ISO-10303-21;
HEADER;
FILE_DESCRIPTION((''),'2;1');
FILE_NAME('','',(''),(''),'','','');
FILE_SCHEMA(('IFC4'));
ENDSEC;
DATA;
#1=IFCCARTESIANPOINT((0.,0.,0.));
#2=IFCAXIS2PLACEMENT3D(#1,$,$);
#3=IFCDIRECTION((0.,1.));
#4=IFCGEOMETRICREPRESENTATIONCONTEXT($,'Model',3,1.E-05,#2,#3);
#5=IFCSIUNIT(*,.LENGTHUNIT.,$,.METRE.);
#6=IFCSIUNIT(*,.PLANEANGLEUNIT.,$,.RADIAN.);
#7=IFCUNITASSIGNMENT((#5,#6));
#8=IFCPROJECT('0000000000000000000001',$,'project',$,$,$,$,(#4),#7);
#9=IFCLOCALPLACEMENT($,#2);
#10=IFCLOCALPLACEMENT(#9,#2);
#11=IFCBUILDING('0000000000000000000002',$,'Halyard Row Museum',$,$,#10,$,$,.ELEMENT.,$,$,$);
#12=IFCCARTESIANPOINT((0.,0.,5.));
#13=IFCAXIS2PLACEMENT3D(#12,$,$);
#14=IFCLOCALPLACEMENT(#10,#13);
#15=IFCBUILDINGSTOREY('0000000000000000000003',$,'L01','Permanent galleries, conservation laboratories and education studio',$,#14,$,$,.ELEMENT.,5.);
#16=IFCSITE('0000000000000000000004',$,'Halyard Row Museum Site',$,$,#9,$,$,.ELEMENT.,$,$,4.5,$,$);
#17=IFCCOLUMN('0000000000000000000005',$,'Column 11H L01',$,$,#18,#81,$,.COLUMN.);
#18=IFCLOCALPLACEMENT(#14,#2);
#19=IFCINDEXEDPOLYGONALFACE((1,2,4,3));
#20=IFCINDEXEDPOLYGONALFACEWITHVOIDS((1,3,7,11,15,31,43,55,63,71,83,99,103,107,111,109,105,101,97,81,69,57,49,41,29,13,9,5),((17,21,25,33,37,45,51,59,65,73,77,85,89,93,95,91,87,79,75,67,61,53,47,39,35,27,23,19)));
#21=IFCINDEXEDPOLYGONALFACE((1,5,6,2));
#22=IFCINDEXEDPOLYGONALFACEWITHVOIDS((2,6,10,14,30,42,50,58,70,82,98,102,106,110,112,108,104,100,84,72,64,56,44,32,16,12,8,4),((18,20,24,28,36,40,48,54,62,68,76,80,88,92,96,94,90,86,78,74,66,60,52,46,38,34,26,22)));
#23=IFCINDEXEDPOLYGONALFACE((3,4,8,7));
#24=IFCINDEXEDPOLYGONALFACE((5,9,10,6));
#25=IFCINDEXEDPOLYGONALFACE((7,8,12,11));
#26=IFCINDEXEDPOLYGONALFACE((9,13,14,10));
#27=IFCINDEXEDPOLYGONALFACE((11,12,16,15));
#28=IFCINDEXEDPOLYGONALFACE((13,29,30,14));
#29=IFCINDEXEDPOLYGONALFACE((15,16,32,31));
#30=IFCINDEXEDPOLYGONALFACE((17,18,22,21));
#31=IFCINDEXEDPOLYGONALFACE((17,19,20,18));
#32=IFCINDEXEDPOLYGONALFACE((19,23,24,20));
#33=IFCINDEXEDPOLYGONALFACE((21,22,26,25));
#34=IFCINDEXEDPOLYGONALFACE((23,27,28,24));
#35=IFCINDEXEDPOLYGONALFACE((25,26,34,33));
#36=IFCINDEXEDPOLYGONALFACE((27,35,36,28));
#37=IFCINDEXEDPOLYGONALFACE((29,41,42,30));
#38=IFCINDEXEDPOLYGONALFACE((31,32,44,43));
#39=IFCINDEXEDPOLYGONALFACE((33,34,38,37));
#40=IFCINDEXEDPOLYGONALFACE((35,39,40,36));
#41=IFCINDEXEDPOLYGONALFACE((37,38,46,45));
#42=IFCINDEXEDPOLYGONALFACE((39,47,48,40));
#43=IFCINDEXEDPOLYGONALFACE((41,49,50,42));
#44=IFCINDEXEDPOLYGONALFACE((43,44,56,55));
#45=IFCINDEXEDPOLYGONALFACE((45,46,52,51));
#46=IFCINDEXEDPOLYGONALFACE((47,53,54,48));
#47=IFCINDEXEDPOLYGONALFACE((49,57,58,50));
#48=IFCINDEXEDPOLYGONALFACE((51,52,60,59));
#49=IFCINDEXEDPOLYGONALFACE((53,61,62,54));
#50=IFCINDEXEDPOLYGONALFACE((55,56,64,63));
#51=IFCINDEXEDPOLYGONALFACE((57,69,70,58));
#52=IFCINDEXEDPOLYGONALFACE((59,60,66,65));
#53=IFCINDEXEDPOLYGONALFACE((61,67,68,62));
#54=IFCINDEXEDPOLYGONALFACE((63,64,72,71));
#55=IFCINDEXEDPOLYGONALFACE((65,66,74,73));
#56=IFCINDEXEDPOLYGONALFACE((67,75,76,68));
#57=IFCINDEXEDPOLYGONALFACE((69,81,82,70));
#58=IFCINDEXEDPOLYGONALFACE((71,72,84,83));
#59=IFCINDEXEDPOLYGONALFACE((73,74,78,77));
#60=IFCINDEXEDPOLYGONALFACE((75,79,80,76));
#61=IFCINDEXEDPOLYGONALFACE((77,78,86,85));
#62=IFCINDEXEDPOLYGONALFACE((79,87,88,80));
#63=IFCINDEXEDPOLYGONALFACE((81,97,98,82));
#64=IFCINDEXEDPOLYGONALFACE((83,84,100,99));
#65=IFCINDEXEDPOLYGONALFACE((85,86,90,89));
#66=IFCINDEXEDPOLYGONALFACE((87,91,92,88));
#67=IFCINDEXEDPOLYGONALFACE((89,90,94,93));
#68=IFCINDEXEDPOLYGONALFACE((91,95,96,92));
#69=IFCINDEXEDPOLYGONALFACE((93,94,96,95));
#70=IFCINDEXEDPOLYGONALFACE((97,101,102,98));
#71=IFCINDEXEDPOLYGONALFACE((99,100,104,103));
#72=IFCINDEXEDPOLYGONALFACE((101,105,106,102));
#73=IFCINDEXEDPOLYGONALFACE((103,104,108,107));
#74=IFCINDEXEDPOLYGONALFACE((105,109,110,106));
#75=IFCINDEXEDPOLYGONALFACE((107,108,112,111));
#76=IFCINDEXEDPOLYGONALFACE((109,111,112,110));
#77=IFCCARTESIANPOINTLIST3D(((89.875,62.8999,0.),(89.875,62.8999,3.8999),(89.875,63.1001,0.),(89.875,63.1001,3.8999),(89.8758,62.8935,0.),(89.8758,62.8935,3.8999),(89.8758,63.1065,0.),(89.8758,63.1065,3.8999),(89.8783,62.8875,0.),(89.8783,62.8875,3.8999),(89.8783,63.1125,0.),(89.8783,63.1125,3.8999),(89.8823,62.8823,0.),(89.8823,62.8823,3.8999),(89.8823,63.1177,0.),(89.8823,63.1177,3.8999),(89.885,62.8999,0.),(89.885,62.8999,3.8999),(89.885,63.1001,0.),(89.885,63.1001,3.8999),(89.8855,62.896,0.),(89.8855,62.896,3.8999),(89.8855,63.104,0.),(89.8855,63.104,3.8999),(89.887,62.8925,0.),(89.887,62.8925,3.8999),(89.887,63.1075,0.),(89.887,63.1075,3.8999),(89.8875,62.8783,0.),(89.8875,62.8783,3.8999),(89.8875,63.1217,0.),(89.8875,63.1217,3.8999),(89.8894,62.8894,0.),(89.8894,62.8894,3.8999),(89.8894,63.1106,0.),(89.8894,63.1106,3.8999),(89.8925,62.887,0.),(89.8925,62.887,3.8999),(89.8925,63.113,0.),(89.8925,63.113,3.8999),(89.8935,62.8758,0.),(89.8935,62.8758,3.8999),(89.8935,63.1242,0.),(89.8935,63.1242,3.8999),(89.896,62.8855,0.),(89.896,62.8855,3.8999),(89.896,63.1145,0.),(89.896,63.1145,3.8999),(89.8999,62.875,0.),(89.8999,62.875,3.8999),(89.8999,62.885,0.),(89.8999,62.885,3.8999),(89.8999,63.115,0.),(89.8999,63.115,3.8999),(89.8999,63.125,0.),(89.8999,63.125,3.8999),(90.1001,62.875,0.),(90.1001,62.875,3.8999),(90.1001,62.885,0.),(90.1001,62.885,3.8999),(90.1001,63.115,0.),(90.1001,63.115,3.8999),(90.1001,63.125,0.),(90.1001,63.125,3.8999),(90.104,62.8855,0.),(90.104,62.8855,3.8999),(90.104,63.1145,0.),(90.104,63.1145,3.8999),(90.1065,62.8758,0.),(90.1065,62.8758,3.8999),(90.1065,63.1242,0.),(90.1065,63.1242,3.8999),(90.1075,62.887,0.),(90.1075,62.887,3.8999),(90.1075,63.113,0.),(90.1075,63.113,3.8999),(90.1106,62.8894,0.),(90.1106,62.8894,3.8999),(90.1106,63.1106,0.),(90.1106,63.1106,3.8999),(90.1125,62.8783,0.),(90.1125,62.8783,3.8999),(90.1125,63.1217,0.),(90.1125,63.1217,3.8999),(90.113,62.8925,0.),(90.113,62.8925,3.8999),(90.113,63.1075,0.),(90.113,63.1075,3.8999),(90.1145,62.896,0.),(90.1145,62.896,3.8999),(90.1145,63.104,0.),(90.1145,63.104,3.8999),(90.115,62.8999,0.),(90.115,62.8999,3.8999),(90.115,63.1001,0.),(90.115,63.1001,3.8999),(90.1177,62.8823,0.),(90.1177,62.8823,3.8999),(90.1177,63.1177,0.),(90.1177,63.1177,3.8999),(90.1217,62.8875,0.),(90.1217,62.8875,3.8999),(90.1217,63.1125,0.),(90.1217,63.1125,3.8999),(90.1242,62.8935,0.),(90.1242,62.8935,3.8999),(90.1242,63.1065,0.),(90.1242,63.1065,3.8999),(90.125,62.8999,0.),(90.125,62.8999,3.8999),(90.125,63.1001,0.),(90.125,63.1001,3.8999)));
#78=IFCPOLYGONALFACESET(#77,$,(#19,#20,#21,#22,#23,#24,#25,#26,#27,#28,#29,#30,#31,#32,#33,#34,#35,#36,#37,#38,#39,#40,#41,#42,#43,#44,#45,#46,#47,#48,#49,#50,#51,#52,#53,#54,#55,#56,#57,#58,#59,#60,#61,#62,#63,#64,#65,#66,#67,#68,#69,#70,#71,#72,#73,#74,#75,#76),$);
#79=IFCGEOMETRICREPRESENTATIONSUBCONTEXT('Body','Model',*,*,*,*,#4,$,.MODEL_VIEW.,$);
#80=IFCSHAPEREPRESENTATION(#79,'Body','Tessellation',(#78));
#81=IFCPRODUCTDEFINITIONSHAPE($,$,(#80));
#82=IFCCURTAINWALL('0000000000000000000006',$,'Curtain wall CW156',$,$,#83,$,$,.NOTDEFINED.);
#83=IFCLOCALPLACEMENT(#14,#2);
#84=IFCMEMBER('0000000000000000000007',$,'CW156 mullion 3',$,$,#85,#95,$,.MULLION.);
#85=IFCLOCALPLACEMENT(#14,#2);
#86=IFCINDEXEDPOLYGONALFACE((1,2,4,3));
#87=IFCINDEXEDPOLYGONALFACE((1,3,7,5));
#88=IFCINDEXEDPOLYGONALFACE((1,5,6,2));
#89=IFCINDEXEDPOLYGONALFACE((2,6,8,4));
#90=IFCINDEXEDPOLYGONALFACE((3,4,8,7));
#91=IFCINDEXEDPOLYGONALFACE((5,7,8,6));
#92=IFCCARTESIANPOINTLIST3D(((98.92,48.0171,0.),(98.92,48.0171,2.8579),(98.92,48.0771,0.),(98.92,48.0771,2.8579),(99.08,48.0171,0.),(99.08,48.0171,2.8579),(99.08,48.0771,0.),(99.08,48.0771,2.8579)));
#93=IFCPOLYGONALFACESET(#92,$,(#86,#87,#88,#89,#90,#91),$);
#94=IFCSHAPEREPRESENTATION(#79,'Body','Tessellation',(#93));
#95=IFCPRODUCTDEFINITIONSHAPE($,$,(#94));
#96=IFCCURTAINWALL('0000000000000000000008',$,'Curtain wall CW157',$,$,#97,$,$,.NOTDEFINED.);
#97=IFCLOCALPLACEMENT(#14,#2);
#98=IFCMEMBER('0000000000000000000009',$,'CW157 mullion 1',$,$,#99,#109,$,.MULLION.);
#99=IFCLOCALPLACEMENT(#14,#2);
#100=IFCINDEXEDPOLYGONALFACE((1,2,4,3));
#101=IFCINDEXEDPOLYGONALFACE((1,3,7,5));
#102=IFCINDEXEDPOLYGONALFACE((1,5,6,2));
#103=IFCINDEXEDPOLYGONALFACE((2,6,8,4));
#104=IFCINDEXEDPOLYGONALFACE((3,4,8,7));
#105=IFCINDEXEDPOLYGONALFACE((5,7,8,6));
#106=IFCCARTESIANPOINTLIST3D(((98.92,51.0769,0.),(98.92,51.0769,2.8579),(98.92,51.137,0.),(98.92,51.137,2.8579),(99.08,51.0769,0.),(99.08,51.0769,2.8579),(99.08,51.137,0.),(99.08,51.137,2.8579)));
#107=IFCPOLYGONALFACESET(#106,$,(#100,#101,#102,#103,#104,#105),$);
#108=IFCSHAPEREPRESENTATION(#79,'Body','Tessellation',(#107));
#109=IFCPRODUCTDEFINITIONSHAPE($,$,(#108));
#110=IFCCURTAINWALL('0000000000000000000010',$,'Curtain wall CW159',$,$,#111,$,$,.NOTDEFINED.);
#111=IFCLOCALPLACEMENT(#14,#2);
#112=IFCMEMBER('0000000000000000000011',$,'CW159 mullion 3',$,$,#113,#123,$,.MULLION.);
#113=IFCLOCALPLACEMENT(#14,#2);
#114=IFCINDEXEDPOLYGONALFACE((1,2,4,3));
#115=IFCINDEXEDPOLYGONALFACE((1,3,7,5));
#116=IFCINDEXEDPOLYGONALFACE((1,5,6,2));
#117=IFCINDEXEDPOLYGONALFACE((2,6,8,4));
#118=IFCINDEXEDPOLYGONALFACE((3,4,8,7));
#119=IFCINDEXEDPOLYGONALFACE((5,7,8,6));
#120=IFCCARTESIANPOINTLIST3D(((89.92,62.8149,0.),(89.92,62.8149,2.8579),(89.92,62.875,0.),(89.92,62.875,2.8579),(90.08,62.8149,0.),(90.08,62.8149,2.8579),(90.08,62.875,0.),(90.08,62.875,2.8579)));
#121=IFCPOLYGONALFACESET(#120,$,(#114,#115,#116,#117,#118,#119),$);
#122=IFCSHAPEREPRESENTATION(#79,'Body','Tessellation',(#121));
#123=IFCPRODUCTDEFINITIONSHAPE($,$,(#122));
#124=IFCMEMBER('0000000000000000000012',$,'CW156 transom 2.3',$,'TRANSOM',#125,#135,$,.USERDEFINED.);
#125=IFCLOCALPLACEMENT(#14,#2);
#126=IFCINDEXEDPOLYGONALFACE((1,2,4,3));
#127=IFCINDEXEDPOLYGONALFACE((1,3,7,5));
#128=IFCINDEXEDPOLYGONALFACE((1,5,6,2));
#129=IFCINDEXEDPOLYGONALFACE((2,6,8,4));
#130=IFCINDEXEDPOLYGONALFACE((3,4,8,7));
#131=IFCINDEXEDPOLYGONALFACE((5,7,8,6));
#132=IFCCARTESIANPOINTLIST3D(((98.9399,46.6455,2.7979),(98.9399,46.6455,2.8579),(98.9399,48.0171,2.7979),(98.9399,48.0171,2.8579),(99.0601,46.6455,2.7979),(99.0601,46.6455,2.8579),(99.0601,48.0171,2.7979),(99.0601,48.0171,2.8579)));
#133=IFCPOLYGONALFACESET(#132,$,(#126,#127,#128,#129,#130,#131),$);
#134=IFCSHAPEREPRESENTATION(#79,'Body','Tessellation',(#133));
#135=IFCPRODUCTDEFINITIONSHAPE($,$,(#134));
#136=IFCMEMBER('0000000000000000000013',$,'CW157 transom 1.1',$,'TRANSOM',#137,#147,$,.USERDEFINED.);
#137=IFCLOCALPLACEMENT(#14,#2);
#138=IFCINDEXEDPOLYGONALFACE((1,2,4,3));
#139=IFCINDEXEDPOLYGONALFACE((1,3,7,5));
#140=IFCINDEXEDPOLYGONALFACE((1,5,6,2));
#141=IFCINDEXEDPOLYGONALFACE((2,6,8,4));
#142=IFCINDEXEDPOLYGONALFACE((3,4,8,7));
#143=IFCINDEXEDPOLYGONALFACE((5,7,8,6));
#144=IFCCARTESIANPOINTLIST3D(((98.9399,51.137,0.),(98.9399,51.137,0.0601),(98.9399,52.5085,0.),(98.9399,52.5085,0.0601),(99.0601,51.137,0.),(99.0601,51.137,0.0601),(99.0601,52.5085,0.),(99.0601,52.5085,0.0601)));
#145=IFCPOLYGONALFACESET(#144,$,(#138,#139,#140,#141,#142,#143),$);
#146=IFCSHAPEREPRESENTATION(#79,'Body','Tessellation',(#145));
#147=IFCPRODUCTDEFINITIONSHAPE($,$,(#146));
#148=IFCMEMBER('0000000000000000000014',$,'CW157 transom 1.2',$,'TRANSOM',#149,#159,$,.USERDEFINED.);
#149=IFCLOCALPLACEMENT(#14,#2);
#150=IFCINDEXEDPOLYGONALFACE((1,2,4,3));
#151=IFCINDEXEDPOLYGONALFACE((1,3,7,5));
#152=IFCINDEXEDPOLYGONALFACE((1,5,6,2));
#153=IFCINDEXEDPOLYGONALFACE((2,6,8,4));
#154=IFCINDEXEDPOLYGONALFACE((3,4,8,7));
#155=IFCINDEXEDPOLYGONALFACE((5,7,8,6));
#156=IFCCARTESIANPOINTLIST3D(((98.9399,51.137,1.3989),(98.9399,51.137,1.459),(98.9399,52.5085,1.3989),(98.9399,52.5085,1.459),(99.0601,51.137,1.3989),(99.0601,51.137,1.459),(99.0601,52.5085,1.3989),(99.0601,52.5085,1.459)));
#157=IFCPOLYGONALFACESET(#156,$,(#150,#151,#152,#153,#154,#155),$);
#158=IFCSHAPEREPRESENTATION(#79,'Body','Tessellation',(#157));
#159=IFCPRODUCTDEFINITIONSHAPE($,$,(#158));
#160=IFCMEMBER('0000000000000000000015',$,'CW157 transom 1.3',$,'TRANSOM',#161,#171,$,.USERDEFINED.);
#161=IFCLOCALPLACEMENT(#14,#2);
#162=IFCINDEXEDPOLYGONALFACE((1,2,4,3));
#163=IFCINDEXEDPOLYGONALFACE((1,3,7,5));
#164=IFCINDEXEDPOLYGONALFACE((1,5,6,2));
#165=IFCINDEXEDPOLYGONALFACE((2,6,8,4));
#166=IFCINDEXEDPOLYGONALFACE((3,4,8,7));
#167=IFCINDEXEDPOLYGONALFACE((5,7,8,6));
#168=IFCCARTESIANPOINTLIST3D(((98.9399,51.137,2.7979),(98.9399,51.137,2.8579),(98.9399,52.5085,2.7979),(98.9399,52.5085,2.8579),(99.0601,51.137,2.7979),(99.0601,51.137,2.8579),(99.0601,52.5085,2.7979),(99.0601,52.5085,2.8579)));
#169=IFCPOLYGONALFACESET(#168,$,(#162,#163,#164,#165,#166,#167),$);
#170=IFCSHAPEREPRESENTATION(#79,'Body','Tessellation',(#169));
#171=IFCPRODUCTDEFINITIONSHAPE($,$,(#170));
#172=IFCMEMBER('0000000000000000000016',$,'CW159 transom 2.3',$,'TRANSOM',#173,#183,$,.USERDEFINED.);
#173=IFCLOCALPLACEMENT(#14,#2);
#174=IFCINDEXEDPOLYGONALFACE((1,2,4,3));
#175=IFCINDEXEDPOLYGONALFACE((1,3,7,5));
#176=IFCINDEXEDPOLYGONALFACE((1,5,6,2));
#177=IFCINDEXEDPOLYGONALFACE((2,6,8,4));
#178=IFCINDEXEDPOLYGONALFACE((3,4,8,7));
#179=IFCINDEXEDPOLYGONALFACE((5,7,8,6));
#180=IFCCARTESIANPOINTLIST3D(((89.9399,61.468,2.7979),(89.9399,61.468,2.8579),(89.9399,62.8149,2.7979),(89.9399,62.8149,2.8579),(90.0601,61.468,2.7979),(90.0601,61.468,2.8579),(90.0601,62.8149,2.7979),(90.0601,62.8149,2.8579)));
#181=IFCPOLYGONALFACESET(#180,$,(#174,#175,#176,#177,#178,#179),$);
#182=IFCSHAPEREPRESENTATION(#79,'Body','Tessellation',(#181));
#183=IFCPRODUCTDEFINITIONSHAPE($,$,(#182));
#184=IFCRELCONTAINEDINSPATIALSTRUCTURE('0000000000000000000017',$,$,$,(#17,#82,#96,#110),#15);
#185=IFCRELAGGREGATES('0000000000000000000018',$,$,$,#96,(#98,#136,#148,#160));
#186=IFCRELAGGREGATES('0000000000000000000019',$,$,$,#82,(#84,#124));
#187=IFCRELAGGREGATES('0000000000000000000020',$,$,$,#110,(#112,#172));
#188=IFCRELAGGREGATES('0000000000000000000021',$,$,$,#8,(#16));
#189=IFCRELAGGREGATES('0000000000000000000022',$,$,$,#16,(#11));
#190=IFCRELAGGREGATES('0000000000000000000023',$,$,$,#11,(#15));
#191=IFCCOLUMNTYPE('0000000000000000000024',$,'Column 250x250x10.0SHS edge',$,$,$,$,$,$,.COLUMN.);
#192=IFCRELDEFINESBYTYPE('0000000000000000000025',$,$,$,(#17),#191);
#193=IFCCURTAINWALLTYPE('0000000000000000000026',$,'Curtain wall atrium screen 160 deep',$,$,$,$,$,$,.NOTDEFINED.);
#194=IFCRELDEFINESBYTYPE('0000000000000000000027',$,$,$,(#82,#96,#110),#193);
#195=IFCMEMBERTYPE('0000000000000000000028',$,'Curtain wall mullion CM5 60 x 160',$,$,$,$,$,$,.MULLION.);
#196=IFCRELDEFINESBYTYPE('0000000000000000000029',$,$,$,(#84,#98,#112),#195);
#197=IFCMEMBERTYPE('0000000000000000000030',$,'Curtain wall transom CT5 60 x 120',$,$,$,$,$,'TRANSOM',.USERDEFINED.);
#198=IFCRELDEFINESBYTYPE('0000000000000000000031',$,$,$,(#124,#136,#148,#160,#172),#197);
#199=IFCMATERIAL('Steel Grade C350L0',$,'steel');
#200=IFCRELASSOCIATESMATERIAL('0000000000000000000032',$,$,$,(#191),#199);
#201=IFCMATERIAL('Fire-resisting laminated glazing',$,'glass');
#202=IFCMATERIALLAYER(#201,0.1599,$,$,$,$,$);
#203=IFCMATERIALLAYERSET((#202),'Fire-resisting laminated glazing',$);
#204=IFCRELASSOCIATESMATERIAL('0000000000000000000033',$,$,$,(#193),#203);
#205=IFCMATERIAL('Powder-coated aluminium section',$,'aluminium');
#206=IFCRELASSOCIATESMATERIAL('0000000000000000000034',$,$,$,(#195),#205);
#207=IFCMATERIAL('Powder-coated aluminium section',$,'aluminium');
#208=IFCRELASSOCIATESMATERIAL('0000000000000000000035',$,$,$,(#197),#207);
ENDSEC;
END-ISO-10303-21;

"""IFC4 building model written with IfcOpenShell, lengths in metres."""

from ifc_helpers import new_model, si_unit, direction, frame, origin, origin_2d, place, context, subcontext, project, spatial, rectangle, hollow_rectangle, extrude, material, layer, layer_set, material_profile, profile_set, type_object, element, aggregate, save


model = new_model("IFC4")

# Units and contexts
model_context = context("Model", 3, precision=1e-05, world=origin(), true_north=direction((0.0, 1.0)))
body_context = subcontext(model_context, "Body", "Model", "MODEL_VIEW")
ifc_project = project(units=[si_unit("LENGTHUNIT", "METRE"), si_unit("PLANEANGLEUNIT", "RADIAN")], contexts=[model_context])

# Site, building, storey
site_placement = place(None, origin())
site = spatial("IfcSite", under=ifc_project, at=site_placement, Name="Halyard Row Museum Site", CompositionType="ELEMENT", RefElevation=4.5)
building_placement = place(site_placement, origin())
building = spatial("IfcBuilding", under=site, at=building_placement, Name="Halyard Row Museum", CompositionType="ELEMENT")
storey_placement = place(building_placement, frame((0.0, 0.0, 5.0)))
storey = spatial("IfcBuildingStorey", under=building, at=storey_placement, Name="L01", Description="Permanent galleries, conservation laboratories and education studio", CompositionType="ELEMENT", Elevation=5.0)

# Column
ifc_material_1 = material(Name="Steel Grade C350L0", Category="steel")
ifc_material_profile_1 = material_profile(ifc_material_1, hollow_rectangle(XDim=0.25, YDim=0.25, WallThickness=0.01, InnerFilletRadius=0.0149, OuterFilletRadius=0.0249, at=origin_2d()), Name="250x250x10.0SHS")
ifc_profile_set_1 = profile_set([ifc_material_profile_1], Name="Steel Grade C350L0")
column_type = type_object("IfcColumnType", Name="Column 250x250x10.0SHS edge", PredefinedType="COLUMN", material=ifc_profile_set_1)
column_placement = place(storey_placement, frame((90.0, 63.0, 0.0), z_axis=(0.0, 0.0, 1.0), x_axis=(1.0, 0.0, 0.0)))
element("IfcColumn", 1, at=column_placement, inside=storey, type_object=column_type, Name="Column 11H L01", PredefinedType="COLUMN", context=body_context, shape_type="SweptSolid", body=[
    extrude(hollow_rectangle(XDim=0.25, YDim=0.25, WallThickness=0.01, InnerFilletRadius=0.0149, OuterFilletRadius=0.0249, at=origin_2d()), origin(), (0.0, 0.0, 1.0), 3.8999),
])

# Curtain walls, members
ifc_material_2 = material(Name="Fire-resisting laminated glazing", Category="glass")
ifc_layer_1 = layer(ifc_material_2, 0.1599)
ifc_layer_set_1 = layer_set([ifc_layer_1], Name="Fire-resisting laminated glazing")
curtain_wall_type = type_object("IfcCurtainWallType", Name="Curtain wall atrium screen 160 deep", PredefinedType="NOTDEFINED", material=ifc_layer_set_1)
curtain_wall_1_placement = place(storey_placement, origin())
curtain_wall_1 = element("IfcCurtainWall", 2, at=curtain_wall_1_placement, inside=storey, type_object=curtain_wall_type, Name="Curtain wall CW156", PredefinedType="NOTDEFINED")
ifc_material_3 = material(Name="Powder-coated aluminium section", Category="aluminium")
ifc_material_profile_2 = material_profile(ifc_material_3, rectangle(XDim=0.1599, YDim=0.0601, at=origin_2d()), Name="160x60 mullion")
ifc_profile_set_2 = profile_set([ifc_material_profile_2], Name="Powder-coated aluminium section")
member_type_1 = type_object("IfcMemberType", Name="Curtain wall mullion CM5 60 x 160", PredefinedType="MULLION", material=ifc_profile_set_2)
member_1_placement = place(storey_placement, frame((99.0, 48.0471, 0.0), z_axis=(0.0, 0.0, 1.0), x_axis=(-1.0, 0.0, 0.0)))
member_1 = element("IfcMember", 3, at=member_1_placement, type_object=member_type_1, Name="CW156 mullion 3", PredefinedType="MULLION", context=body_context, shape_type="SweptSolid", body=[
    extrude(rectangle(XDim=0.1599, YDim=0.0601, at=origin_2d()), origin(), (0.0, 0.0, 1.0), 2.8579),
])
curtain_wall_2_placement = place(storey_placement, origin())
curtain_wall_2 = element("IfcCurtainWall", 4, at=curtain_wall_2_placement, inside=storey, type_object=curtain_wall_type, Name="Curtain wall CW157", PredefinedType="NOTDEFINED")
member_2_placement = place(storey_placement, frame((99.0, 51.1069, 0.0), z_axis=(0.0, 0.0, 1.0), x_axis=(-1.0, 0.0, 0.0)))
member_2 = element("IfcMember", 5, at=member_2_placement, type_object=member_type_1, Name="CW157 mullion 1", PredefinedType="MULLION", context=body_context, shape_type="SweptSolid", body=[
    extrude(rectangle(XDim=0.1599, YDim=0.0601, at=origin_2d()), origin(), (0.0, 0.0, 1.0), 2.8579),
])
curtain_wall_3_placement = place(storey_placement, origin())
curtain_wall_3 = element("IfcCurtainWall", 6, at=curtain_wall_3_placement, inside=storey, type_object=curtain_wall_type, Name="Curtain wall CW159", PredefinedType="NOTDEFINED")
member_3_placement = place(storey_placement, frame((90.0, 62.845, 0.0), z_axis=(0.0, 0.0, 1.0), x_axis=(-1.0, 0.0, 0.0)))
member_3 = element("IfcMember", 7, at=member_3_placement, type_object=member_type_1, Name="CW159 mullion 3", PredefinedType="MULLION", context=body_context, shape_type="SweptSolid", body=[
    extrude(rectangle(XDim=0.1599, YDim=0.0601, at=origin_2d()), origin(), (0.0, 0.0, 1.0), 2.8579),
])

# Members
ifc_material_4 = material(Name="Powder-coated aluminium section", Category="aluminium")
ifc_material_profile_3 = material_profile(ifc_material_4, rectangle(XDim=0.1201, YDim=0.0601, at=origin_2d()), Name="120x60 transom")
ifc_profile_set_3 = profile_set([ifc_material_profile_3], Name="Powder-coated aluminium section")
member_type_2 = type_object("IfcMemberType", Name="Curtain wall transom CT5 60 x 120", ElementType="TRANSOM", PredefinedType="USERDEFINED", material=ifc_profile_set_3)
member_4_placement = place(storey_placement, frame((99.0, 46.6455, 2.8279), z_axis=(0.0, 1.0, 0.0), x_axis=(-1.0, 0.0, 0.0)))
member_4 = element("IfcMember", 8, at=member_4_placement, type_object=member_type_2, Name="CW156 transom 2.3", ObjectType="TRANSOM", PredefinedType="USERDEFINED", context=body_context, shape_type="SweptSolid", body=[
    extrude(rectangle(XDim=0.1201, YDim=0.0601, at=origin_2d()), origin(), (0.0, 0.0, 1.0), 1.3716),
])
member_5_placement = place(storey_placement, frame((99.0, 51.137, 0.03), z_axis=(0.0, 1.0, 0.0), x_axis=(-1.0, 0.0, 0.0)))
member_5 = element("IfcMember", 9, at=member_5_placement, type_object=member_type_2, Name="CW157 transom 1.1", ObjectType="TRANSOM", PredefinedType="USERDEFINED", context=body_context, shape_type="SweptSolid", body=[
    extrude(rectangle(XDim=0.1201, YDim=0.0601, at=origin_2d()), origin(), (0.0, 0.0, 1.0), 1.3716),
])
member_6_placement = place(storey_placement, frame((99.0, 51.137, 1.429), z_axis=(0.0, 1.0, 0.0), x_axis=(-1.0, 0.0, 0.0)))
member_6 = element("IfcMember", 10, at=member_6_placement, type_object=member_type_2, Name="CW157 transom 1.2", ObjectType="TRANSOM", PredefinedType="USERDEFINED", context=body_context, shape_type="SweptSolid", body=[
    extrude(rectangle(XDim=0.1201, YDim=0.0601, at=origin_2d()), origin(), (0.0, 0.0, 1.0), 1.3716),
])
member_7_placement = place(storey_placement, frame((99.0, 51.137, 2.8279), z_axis=(0.0, 1.0, 0.0), x_axis=(-1.0, 0.0, 0.0)))
member_7 = element("IfcMember", 11, at=member_7_placement, type_object=member_type_2, Name="CW157 transom 1.3", ObjectType="TRANSOM", PredefinedType="USERDEFINED", context=body_context, shape_type="SweptSolid", body=[
    extrude(rectangle(XDim=0.1201, YDim=0.0601, at=origin_2d()), origin(), (0.0, 0.0, 1.0), 1.3716),
])
aggregate(curtain_wall_2, [member_2, member_5, member_6, member_7])
member_8_placement = place(storey_placement, frame((90.0, 61.468, 2.8279), z_axis=(0.0, 1.0, 0.0), x_axis=(-1.0, 0.0, 0.0)))
member_8 = element("IfcMember", 12, at=member_8_placement, type_object=member_type_2, Name="CW159 transom 2.3", ObjectType="TRANSOM", PredefinedType="USERDEFINED", context=body_context, shape_type="SweptSolid", body=[
    extrude(rectangle(XDim=0.1201, YDim=0.0601, at=origin_2d()), origin(), (0.0, 0.0, 1.0), 1.3469),
])

aggregate(curtain_wall_1, [member_1, member_4])
aggregate(curtain_wall_3, [member_3, member_8])

save(model, "model.ifc")
